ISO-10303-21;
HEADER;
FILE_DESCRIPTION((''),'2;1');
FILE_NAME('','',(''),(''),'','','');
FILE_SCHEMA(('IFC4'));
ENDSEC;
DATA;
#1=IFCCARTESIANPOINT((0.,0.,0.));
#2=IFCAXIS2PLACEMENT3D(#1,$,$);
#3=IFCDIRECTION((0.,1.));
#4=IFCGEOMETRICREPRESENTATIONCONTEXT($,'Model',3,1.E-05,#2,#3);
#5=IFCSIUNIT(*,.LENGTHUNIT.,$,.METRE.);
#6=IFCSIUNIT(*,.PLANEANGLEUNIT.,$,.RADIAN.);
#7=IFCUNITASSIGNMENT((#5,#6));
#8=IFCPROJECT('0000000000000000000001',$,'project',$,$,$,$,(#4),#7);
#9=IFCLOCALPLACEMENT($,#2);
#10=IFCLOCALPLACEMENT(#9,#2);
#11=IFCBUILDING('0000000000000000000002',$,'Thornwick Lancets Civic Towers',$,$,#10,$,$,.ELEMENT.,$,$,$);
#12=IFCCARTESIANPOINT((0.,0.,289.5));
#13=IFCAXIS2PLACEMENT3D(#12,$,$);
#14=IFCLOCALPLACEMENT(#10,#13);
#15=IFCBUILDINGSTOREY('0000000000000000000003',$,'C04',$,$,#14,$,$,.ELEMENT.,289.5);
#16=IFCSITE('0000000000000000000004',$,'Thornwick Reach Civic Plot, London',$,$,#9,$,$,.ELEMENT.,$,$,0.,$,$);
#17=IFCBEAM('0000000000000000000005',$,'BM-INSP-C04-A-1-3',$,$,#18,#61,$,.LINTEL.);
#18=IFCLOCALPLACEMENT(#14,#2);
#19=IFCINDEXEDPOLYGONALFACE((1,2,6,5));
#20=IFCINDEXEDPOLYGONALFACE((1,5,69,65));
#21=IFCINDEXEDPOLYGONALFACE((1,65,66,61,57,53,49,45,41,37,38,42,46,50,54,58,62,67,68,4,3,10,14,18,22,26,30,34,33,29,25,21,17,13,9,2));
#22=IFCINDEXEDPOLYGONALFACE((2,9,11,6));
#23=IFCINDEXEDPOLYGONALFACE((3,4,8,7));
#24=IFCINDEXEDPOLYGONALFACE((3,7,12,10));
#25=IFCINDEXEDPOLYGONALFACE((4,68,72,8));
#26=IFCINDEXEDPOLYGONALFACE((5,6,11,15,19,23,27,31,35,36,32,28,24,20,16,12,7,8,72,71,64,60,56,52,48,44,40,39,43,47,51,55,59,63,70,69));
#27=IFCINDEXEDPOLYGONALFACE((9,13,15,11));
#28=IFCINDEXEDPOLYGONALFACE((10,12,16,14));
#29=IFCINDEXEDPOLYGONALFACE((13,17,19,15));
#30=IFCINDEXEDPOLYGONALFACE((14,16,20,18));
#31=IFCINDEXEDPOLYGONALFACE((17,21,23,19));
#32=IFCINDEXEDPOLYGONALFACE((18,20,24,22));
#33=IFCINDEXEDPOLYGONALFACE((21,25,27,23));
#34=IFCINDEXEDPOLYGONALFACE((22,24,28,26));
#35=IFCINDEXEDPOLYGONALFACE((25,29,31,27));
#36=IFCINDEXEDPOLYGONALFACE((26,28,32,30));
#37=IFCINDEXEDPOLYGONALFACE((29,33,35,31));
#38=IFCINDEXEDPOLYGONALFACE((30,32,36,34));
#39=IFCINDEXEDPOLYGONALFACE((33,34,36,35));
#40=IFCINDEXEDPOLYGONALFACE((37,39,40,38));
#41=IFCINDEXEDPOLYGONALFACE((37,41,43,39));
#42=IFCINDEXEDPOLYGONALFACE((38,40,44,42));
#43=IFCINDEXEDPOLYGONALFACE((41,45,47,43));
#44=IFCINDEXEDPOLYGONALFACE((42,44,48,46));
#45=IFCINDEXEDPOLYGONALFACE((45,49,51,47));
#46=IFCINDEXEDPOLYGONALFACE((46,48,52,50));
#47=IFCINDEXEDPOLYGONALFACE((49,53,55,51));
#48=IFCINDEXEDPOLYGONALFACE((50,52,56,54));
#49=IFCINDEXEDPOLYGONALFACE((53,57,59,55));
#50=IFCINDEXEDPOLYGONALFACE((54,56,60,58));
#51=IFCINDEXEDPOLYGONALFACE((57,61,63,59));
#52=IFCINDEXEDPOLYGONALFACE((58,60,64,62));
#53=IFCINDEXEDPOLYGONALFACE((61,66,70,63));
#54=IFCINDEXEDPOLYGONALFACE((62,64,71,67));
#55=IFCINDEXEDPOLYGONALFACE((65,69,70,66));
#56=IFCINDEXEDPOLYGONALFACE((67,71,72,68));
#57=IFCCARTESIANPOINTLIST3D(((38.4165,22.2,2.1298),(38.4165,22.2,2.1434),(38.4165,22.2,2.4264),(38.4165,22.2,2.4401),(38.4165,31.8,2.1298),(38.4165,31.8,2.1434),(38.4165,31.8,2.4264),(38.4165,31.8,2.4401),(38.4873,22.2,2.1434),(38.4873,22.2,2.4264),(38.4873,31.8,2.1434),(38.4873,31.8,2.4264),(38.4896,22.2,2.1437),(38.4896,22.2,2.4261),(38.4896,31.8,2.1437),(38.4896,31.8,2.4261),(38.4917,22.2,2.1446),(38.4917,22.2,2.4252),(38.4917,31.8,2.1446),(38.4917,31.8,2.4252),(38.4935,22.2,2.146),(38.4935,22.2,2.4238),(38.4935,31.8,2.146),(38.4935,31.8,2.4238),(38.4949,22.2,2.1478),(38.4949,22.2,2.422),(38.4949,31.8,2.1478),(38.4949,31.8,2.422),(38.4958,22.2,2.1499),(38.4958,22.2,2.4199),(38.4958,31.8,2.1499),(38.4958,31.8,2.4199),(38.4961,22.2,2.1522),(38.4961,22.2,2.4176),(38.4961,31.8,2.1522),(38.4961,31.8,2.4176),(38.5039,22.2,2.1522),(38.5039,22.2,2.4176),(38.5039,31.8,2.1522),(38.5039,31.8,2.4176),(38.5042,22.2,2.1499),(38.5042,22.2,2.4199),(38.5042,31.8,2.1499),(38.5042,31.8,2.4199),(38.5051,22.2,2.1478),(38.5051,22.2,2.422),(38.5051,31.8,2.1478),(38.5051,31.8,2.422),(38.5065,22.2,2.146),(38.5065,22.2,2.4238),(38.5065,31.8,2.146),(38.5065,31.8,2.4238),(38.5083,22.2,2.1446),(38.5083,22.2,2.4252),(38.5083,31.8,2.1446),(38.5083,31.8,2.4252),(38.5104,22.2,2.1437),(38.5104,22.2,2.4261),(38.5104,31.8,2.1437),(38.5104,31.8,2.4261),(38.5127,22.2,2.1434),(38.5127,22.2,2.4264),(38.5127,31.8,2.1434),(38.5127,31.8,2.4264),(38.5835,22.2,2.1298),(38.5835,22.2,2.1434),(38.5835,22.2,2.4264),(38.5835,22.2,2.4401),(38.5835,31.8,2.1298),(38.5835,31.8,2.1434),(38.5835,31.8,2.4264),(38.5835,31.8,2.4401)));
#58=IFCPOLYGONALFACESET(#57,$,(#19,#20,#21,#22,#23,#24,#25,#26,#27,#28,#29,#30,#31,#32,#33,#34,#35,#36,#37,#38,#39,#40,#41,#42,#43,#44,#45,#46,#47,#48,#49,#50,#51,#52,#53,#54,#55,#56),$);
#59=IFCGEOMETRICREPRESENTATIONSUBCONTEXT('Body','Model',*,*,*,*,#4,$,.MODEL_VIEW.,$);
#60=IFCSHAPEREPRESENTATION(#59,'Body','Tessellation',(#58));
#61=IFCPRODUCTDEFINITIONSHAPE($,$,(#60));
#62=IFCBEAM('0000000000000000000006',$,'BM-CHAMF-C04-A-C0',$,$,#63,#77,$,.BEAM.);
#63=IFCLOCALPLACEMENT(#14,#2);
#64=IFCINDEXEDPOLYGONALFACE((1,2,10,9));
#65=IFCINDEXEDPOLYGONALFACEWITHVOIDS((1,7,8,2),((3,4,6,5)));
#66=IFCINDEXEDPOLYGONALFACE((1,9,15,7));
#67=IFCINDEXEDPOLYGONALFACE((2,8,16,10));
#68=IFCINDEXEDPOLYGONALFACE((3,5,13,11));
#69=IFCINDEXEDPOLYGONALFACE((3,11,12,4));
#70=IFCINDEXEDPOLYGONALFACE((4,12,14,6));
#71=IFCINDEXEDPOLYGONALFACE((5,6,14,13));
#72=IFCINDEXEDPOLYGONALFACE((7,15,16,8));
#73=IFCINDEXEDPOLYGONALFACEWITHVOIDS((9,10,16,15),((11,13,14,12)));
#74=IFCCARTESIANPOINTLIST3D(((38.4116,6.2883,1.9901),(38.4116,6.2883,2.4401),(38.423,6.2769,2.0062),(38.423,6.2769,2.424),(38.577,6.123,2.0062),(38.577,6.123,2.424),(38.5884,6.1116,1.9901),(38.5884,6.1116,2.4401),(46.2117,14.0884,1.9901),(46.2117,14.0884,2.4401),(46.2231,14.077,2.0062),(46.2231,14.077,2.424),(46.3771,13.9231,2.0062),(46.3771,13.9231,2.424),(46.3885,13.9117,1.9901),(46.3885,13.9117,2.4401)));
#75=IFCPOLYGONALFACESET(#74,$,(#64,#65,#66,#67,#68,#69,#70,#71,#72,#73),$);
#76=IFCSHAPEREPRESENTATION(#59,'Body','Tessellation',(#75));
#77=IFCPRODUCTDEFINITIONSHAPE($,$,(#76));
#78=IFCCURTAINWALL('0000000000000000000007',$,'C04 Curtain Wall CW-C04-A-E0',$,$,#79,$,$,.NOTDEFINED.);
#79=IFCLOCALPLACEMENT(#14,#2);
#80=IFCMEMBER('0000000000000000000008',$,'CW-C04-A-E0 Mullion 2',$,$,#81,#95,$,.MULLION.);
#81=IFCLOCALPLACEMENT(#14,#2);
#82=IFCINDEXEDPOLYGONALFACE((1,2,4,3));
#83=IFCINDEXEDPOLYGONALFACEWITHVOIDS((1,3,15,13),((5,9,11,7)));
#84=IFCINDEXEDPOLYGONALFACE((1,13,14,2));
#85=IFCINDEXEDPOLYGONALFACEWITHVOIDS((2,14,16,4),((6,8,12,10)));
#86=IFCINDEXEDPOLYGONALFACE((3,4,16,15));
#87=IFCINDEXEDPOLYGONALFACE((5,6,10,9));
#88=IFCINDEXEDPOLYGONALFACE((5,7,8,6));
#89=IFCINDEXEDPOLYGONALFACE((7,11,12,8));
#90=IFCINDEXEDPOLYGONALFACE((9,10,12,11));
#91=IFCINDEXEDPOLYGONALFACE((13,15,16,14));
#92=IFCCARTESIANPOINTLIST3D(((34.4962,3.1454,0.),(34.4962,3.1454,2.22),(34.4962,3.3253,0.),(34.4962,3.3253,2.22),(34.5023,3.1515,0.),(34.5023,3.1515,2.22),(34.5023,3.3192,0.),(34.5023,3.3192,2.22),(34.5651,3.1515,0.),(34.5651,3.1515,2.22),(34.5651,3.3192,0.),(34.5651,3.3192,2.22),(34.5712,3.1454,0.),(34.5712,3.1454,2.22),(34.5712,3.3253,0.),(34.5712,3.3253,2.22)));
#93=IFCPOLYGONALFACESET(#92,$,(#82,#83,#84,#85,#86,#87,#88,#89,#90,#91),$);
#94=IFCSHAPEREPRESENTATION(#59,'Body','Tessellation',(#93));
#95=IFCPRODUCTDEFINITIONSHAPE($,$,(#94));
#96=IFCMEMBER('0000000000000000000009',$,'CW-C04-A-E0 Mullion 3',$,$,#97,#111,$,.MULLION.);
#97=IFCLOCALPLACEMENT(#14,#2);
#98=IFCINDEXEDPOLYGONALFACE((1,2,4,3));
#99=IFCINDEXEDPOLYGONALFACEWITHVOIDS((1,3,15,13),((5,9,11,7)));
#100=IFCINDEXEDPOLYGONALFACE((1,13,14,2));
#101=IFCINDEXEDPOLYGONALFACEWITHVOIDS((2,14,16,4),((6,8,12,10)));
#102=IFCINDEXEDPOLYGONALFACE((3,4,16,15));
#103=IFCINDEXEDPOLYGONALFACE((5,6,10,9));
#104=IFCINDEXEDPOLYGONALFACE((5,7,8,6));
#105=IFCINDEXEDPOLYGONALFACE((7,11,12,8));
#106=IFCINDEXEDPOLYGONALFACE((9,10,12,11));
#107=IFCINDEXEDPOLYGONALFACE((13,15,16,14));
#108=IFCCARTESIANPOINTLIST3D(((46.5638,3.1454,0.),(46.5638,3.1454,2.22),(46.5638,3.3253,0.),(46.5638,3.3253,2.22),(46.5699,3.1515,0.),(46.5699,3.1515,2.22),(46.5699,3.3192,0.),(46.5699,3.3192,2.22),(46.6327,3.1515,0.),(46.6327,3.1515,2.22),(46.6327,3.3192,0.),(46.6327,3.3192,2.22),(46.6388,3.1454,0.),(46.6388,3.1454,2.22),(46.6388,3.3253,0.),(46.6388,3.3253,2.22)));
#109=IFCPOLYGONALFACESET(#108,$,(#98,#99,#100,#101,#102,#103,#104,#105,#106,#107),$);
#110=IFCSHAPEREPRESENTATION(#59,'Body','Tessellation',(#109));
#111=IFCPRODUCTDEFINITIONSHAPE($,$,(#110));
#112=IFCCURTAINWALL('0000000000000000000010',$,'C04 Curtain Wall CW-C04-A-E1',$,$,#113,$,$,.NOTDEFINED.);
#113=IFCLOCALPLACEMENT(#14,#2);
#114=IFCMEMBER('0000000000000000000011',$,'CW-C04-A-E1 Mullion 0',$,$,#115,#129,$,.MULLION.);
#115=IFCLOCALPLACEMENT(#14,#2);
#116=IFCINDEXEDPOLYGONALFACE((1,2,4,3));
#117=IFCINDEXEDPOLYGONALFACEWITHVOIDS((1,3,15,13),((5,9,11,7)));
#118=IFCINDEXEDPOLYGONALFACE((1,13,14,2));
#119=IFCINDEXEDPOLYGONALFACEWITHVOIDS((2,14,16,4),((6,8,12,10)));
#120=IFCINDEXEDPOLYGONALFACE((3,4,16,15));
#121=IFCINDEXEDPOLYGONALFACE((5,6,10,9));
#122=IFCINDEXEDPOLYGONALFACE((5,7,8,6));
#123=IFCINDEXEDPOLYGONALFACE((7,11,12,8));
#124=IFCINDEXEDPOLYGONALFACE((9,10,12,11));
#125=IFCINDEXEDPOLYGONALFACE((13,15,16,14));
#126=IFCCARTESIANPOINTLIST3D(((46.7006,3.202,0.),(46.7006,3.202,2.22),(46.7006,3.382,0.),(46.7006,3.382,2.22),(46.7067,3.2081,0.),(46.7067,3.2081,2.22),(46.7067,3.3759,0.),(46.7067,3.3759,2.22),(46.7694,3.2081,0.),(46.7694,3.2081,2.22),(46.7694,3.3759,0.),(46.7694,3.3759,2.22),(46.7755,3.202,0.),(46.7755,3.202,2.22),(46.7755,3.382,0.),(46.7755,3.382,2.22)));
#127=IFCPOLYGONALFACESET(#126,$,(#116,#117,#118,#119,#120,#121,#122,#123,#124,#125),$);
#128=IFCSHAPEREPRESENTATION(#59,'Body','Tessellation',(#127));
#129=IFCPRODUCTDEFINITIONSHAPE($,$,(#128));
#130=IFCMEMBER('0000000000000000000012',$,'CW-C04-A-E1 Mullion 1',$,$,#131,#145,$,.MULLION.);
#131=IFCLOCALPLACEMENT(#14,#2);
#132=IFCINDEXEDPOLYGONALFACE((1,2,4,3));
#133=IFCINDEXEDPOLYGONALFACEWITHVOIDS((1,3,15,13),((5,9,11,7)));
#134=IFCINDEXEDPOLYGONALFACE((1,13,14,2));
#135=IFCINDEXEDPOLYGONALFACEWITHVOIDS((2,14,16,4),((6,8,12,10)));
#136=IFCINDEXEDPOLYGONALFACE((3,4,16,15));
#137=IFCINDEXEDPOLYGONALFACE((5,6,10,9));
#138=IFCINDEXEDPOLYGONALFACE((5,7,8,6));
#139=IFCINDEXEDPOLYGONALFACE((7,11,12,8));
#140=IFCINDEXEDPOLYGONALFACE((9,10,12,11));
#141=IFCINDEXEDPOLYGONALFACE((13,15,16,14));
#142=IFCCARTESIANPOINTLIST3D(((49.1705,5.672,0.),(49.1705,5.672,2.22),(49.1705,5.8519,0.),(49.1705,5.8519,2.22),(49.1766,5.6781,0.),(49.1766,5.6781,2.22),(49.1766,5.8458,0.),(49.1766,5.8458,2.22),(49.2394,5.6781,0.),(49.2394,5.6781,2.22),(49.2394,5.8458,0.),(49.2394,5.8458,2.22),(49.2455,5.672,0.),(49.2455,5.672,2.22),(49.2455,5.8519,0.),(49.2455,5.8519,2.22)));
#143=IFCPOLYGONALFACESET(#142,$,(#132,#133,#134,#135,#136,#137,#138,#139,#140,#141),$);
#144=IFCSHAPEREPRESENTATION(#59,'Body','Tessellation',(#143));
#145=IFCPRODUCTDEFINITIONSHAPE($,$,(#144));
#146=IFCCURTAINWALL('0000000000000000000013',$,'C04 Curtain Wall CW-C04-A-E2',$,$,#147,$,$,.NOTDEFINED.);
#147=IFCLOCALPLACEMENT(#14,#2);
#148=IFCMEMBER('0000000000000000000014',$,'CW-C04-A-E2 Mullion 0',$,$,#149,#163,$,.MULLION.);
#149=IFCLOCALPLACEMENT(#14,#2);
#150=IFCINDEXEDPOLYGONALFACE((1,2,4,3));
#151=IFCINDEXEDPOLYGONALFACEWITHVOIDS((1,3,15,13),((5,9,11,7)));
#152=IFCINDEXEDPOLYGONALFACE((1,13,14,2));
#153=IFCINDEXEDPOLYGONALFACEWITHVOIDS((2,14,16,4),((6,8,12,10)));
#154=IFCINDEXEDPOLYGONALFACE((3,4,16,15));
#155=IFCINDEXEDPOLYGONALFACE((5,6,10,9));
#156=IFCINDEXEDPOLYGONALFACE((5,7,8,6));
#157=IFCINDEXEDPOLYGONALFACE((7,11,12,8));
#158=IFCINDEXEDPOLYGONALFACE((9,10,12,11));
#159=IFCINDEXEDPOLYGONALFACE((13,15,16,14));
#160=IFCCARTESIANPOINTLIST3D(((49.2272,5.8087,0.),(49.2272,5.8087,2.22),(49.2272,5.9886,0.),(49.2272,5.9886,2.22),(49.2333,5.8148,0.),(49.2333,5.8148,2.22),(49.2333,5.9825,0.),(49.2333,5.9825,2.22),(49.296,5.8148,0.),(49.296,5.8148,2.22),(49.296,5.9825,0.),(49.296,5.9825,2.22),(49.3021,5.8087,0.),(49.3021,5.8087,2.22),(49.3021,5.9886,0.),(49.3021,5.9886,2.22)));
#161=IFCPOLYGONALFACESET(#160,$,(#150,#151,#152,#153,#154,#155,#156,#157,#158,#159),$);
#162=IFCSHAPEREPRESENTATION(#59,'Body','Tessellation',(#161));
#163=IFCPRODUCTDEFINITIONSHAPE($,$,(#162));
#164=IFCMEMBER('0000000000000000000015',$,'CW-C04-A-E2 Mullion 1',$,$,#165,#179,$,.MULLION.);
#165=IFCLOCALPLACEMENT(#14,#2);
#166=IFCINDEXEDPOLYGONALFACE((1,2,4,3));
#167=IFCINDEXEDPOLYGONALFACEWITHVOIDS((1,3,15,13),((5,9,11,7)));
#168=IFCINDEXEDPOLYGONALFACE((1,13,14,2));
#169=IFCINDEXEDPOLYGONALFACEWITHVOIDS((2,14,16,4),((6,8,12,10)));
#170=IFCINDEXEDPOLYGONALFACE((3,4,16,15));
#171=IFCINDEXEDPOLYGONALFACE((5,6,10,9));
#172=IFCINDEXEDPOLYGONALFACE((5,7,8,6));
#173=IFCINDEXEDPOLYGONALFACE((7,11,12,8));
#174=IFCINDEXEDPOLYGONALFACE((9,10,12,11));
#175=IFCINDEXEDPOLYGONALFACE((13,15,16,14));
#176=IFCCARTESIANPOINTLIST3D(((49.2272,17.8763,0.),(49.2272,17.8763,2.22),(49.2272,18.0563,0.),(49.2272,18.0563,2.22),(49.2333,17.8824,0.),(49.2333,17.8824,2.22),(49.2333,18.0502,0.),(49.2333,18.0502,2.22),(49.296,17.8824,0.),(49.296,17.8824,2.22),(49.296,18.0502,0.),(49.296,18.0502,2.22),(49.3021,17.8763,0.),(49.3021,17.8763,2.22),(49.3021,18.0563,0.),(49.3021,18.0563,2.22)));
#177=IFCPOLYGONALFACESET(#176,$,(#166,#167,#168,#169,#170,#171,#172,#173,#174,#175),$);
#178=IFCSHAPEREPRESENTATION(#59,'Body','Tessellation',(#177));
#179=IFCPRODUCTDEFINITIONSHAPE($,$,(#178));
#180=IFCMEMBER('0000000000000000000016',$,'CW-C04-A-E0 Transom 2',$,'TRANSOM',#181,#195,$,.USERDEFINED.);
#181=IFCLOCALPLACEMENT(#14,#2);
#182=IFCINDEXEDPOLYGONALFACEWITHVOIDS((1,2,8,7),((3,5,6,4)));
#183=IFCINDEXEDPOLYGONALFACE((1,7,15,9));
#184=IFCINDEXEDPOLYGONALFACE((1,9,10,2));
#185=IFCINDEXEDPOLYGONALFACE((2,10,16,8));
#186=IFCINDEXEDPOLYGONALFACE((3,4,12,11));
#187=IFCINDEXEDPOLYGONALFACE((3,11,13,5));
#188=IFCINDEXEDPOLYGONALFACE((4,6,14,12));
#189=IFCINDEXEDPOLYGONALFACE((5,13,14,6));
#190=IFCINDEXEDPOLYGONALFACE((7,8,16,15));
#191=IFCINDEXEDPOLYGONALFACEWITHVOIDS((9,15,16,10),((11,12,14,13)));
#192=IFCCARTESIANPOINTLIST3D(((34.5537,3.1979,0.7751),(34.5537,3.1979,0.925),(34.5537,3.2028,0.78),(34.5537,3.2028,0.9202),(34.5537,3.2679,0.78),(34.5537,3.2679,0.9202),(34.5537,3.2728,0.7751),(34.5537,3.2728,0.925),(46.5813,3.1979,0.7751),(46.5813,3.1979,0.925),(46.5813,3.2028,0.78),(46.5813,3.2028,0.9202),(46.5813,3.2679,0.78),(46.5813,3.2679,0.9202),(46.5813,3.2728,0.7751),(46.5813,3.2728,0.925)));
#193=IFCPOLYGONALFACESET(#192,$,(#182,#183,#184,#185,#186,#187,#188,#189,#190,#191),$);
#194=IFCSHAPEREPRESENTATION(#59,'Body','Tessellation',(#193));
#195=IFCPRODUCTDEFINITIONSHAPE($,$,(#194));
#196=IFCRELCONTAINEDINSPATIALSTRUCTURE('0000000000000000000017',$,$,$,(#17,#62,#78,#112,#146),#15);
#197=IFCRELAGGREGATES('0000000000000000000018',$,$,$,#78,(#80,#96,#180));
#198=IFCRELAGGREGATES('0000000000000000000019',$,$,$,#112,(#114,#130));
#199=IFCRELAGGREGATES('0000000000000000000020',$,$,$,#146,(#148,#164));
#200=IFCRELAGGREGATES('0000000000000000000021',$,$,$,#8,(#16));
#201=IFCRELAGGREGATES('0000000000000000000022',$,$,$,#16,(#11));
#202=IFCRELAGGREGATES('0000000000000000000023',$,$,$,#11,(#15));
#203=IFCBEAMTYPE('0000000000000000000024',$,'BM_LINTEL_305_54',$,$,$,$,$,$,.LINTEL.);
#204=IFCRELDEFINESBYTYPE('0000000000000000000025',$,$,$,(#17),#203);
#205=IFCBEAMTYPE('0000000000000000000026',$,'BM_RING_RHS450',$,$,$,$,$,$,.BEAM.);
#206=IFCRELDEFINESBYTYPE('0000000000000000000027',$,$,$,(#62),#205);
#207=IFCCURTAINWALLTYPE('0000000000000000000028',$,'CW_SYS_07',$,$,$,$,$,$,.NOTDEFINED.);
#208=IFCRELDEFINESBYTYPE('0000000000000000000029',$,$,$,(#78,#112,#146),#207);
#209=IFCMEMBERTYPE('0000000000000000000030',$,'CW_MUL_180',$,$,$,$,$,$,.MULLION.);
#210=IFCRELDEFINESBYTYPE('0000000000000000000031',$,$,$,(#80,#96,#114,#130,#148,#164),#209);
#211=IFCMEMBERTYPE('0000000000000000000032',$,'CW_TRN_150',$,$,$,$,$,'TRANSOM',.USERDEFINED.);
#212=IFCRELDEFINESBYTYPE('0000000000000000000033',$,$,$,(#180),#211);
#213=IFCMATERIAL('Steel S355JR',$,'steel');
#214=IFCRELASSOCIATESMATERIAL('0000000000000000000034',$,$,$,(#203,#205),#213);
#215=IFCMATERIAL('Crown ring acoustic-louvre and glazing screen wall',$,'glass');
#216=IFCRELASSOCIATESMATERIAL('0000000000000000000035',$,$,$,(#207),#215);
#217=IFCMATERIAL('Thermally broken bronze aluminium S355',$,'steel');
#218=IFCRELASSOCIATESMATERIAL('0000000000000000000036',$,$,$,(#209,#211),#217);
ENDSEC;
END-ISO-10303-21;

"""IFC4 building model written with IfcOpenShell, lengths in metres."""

from ifc_helpers import new_model, si_unit, direction, frame, origin, origin_2d, place, context, subcontext, project, spatial, hollow_rectangle, i_section, extrude, material, material_profile, profile_set, type_object, element, aggregate, save


model = new_model("IFC4")

# Units and contexts
model_context = context("Model", 3, precision=1e-05, world=origin(), true_north=direction((0.0, 1.0)))
body_context = subcontext(model_context, "Body", "Model", "MODEL_VIEW")
ifc_project = project(units=[si_unit("LENGTHUNIT", "METRE"), si_unit("PLANEANGLEUNIT", "RADIAN")], contexts=[model_context])

# Site, building, storey
site_placement = place(None, origin())
site = spatial("IfcSite", under=ifc_project, at=site_placement, Name="Thornwick Reach Civic Plot, London", CompositionType="ELEMENT", RefElevation=0.0)
building_placement = place(site_placement, origin())
building = spatial("IfcBuilding", under=site, at=building_placement, Name="Thornwick Lancets Civic Towers", CompositionType="ELEMENT")
storey_placement = place(building_placement, frame((0.0, 0.0, 289.5)))
storey = spatial("IfcBuildingStorey", under=building, at=storey_placement, Name="C04", CompositionType="ELEMENT", Elevation=289.5)

# Shared definitions
ifc_material_1 = material(Name="Steel S355JR", Category="steel")

# Beams
ifc_material_profile_1 = material_profile(ifc_material_1, i_section(OverallWidth=0.167, OverallDepth=0.3103, WebThickness=0.0078, FlangeThickness=0.0137, FilletRadius=0.0088, at=origin_2d()), Name="UKB 305x165x54")
ifc_profile_set_1 = profile_set([ifc_material_profile_1], Name="Steel S355JR")
beam_type_1 = type_object("IfcBeamType", Name="BM_LINTEL_305_54", PredefinedType="LINTEL", material=ifc_profile_set_1)
beam_1_placement = place(storey_placement, frame((38.5, 22.2, 2.2849), z_axis=(0.0, 1.0, 0.0), x_axis=(-1.0, 0.0, 0.0)))
element("IfcBeam", 1, at=beam_1_placement, inside=storey, type_object=beam_type_1, Name="BM-INSP-C04-A-1-3", PredefinedType="LINTEL", context=body_context, shape_type="SweptSolid", body=[
    extrude(i_section(OverallWidth=0.167, OverallDepth=0.3103, WebThickness=0.0078, FlangeThickness=0.0137, FilletRadius=0.0088, at=origin_2d()), origin(), (0.0, 0.0, 1.0), 9.6001),
])
ifc_material_profile_2 = material_profile(ifc_material_1, hollow_rectangle(XDim=0.25, YDim=0.45, WallThickness=0.0161, at=origin_2d()), Name="RHS 450x250x16")
ifc_profile_set_2 = profile_set([ifc_material_profile_2], Name="Steel S355JR")
beam_type_2 = type_object("IfcBeamType", Name="BM_RING_RHS450", PredefinedType="BEAM", material=ifc_profile_set_2)
beam_2_placement = place(storey_placement, frame((38.5, 6.2, 2.2151), z_axis=(0.707107, 0.707107, 0.0), x_axis=(-0.707107, 0.707107, 0.0)))
element("IfcBeam", 2, at=beam_2_placement, inside=storey, type_object=beam_type_2, Name="BM-CHAMF-C04-A-C0", PredefinedType="BEAM", context=body_context, shape_type="SweptSolid", body=[
    extrude(hollow_rectangle(XDim=0.25, YDim=0.45, WallThickness=0.0161, at=origin_2d()), origin(), (0.0, 0.0, 1.0), 11.031),
])

# Curtain walls, members
ifc_material_2 = material(Name="Crown ring acoustic-louvre and glazing screen wall", Category="glass")
curtain_wall_type = type_object("IfcCurtainWallType", Name="CW_SYS_07", PredefinedType="NOTDEFINED", material=ifc_material_2)
curtain_wall_1_placement = place(storey_placement, origin())
curtain_wall_1 = element("IfcCurtainWall", 3, at=curtain_wall_1_placement, inside=storey, type_object=curtain_wall_type, Name="C04 Curtain Wall CW-C04-A-E0", PredefinedType="NOTDEFINED")
ifc_material_3 = material(Name="Thermally broken bronze aluminium S355", Category="steel")
ifc_material_profile_3 = material_profile(ifc_material_3, hollow_rectangle(XDim=0.075, YDim=0.1799, WallThickness=0.0061, at=origin_2d()), Name="RHS 180x75x6")
ifc_profile_set_3 = profile_set([ifc_material_profile_3], Name="Thermally broken bronze aluminium S355")
member_type_1 = type_object("IfcMemberType", Name="CW_MUL_180", PredefinedType="MULLION", material=ifc_profile_set_3)
member_1_placement = place(storey_placement, frame((34.5337, 3.2354, 0.0), z_axis=(0.0, 0.0, 1.0), x_axis=(1.0, 0.0, 0.0)))
member_1 = element("IfcMember", 4, at=member_1_placement, type_object=member_type_1, Name="CW-C04-A-E0 Mullion 2", PredefinedType="MULLION", context=body_context, shape_type="SweptSolid", body=[
    extrude(hollow_rectangle(XDim=0.075, YDim=0.1799, WallThickness=0.0061, at=origin_2d()), origin(), (0.0, 0.0, 1.0), 2.22),
])
member_2_placement = place(storey_placement, frame((46.6013, 3.2354, 0.0), z_axis=(0.0, 0.0, 1.0), x_axis=(1.0, 0.0, 0.0)))
member_2 = element("IfcMember", 5, at=member_2_placement, type_object=member_type_1, Name="CW-C04-A-E0 Mullion 3", PredefinedType="MULLION", context=body_context, shape_type="SweptSolid", body=[
    extrude(hollow_rectangle(XDim=0.075, YDim=0.1799, WallThickness=0.0061, at=origin_2d()), origin(), (0.0, 0.0, 1.0), 2.22),
])
curtain_wall_2_placement = place(storey_placement, origin())
curtain_wall_2 = element("IfcCurtainWall", 6, at=curtain_wall_2_placement, inside=storey, type_object=curtain_wall_type, Name="C04 Curtain Wall CW-C04-A-E1", PredefinedType="NOTDEFINED")
member_3_placement = place(storey_placement, frame((46.738, 3.292, 0.0), z_axis=(0.0, 0.0, 1.0), x_axis=(1.0, 0.0, 0.0)))
member_3 = element("IfcMember", 7, at=member_3_placement, type_object=member_type_1, Name="CW-C04-A-E1 Mullion 0", PredefinedType="MULLION", context=body_context, shape_type="SweptSolid", body=[
    extrude(hollow_rectangle(XDim=0.075, YDim=0.1799, WallThickness=0.0061, at=origin_2d()), origin(), (0.0, 0.0, 1.0), 2.22),
])
member_4_placement = place(storey_placement, frame((49.208, 5.762, 0.0), z_axis=(0.0, 0.0, 1.0), x_axis=(1.0, 0.0, 0.0)))
member_4 = element("IfcMember", 8, at=member_4_placement, type_object=member_type_1, Name="CW-C04-A-E1 Mullion 1", PredefinedType="MULLION", context=body_context, shape_type="SweptSolid", body=[
    extrude(hollow_rectangle(XDim=0.075, YDim=0.1799, WallThickness=0.0061, at=origin_2d()), origin(), (0.0, 0.0, 1.0), 2.22),
])
curtain_wall_3_placement = place(storey_placement, origin())
curtain_wall_3 = element("IfcCurtainWall", 9, at=curtain_wall_3_placement, inside=storey, type_object=curtain_wall_type, Name="C04 Curtain Wall CW-C04-A-E2", PredefinedType="NOTDEFINED")
member_5_placement = place(storey_placement, frame((49.2646, 5.8987, 0.0), z_axis=(0.0, 0.0, 1.0), x_axis=(1.0, 0.0, 0.0)))
member_5 = element("IfcMember", 10, at=member_5_placement, type_object=member_type_1, Name="CW-C04-A-E2 Mullion 0", PredefinedType="MULLION", context=body_context, shape_type="SweptSolid", body=[
    extrude(hollow_rectangle(XDim=0.075, YDim=0.1799, WallThickness=0.0061, at=origin_2d()), origin(), (0.0, 0.0, 1.0), 2.22),
])
member_6_placement = place(storey_placement, frame((49.2646, 17.9663, 0.0), z_axis=(0.0, 0.0, 1.0), x_axis=(1.0, 0.0, 0.0)))
member_6 = element("IfcMember", 11, at=member_6_placement, type_object=member_type_1, Name="CW-C04-A-E2 Mullion 1", PredefinedType="MULLION", context=body_context, shape_type="SweptSolid", body=[
    extrude(hollow_rectangle(XDim=0.075, YDim=0.1799, WallThickness=0.0061, at=origin_2d()), origin(), (0.0, 0.0, 1.0), 2.22),
])

# Member
ifc_material_profile_4 = material_profile(ifc_material_3, hollow_rectangle(XDim=0.075, YDim=0.1499, WallThickness=0.0049, at=origin_2d()), Name="RHS 150x75x5")
ifc_profile_set_4 = profile_set([ifc_material_profile_4], Name="Thermally broken bronze aluminium S355")
member_type_2 = type_object("IfcMemberType", Name="CW_TRN_150", ElementType="TRANSOM", PredefinedType="USERDEFINED", material=ifc_profile_set_4)
member_7_placement = place(storey_placement, frame((34.5537, 3.2354, 0.8501), z_axis=(1.0, 0.0, 0.0), x_axis=(0.0, 1.0, 0.0)))
member_7 = element("IfcMember", 12, at=member_7_placement, type_object=member_type_2, Name="CW-C04-A-E0 Transom 2", ObjectType="TRANSOM", PredefinedType="USERDEFINED", context=body_context, shape_type="SweptSolid", body=[
    extrude(hollow_rectangle(XDim=0.075, YDim=0.1499, WallThickness=0.0049, at=origin_2d()), origin(), (0.0, 0.0, 1.0), 12.0276),
])

aggregate(curtain_wall_1, [member_1, member_2, member_7])
aggregate(curtain_wall_2, [member_3, member_4])
aggregate(curtain_wall_3, [member_5, member_6])

save(model, "model.ifc")
